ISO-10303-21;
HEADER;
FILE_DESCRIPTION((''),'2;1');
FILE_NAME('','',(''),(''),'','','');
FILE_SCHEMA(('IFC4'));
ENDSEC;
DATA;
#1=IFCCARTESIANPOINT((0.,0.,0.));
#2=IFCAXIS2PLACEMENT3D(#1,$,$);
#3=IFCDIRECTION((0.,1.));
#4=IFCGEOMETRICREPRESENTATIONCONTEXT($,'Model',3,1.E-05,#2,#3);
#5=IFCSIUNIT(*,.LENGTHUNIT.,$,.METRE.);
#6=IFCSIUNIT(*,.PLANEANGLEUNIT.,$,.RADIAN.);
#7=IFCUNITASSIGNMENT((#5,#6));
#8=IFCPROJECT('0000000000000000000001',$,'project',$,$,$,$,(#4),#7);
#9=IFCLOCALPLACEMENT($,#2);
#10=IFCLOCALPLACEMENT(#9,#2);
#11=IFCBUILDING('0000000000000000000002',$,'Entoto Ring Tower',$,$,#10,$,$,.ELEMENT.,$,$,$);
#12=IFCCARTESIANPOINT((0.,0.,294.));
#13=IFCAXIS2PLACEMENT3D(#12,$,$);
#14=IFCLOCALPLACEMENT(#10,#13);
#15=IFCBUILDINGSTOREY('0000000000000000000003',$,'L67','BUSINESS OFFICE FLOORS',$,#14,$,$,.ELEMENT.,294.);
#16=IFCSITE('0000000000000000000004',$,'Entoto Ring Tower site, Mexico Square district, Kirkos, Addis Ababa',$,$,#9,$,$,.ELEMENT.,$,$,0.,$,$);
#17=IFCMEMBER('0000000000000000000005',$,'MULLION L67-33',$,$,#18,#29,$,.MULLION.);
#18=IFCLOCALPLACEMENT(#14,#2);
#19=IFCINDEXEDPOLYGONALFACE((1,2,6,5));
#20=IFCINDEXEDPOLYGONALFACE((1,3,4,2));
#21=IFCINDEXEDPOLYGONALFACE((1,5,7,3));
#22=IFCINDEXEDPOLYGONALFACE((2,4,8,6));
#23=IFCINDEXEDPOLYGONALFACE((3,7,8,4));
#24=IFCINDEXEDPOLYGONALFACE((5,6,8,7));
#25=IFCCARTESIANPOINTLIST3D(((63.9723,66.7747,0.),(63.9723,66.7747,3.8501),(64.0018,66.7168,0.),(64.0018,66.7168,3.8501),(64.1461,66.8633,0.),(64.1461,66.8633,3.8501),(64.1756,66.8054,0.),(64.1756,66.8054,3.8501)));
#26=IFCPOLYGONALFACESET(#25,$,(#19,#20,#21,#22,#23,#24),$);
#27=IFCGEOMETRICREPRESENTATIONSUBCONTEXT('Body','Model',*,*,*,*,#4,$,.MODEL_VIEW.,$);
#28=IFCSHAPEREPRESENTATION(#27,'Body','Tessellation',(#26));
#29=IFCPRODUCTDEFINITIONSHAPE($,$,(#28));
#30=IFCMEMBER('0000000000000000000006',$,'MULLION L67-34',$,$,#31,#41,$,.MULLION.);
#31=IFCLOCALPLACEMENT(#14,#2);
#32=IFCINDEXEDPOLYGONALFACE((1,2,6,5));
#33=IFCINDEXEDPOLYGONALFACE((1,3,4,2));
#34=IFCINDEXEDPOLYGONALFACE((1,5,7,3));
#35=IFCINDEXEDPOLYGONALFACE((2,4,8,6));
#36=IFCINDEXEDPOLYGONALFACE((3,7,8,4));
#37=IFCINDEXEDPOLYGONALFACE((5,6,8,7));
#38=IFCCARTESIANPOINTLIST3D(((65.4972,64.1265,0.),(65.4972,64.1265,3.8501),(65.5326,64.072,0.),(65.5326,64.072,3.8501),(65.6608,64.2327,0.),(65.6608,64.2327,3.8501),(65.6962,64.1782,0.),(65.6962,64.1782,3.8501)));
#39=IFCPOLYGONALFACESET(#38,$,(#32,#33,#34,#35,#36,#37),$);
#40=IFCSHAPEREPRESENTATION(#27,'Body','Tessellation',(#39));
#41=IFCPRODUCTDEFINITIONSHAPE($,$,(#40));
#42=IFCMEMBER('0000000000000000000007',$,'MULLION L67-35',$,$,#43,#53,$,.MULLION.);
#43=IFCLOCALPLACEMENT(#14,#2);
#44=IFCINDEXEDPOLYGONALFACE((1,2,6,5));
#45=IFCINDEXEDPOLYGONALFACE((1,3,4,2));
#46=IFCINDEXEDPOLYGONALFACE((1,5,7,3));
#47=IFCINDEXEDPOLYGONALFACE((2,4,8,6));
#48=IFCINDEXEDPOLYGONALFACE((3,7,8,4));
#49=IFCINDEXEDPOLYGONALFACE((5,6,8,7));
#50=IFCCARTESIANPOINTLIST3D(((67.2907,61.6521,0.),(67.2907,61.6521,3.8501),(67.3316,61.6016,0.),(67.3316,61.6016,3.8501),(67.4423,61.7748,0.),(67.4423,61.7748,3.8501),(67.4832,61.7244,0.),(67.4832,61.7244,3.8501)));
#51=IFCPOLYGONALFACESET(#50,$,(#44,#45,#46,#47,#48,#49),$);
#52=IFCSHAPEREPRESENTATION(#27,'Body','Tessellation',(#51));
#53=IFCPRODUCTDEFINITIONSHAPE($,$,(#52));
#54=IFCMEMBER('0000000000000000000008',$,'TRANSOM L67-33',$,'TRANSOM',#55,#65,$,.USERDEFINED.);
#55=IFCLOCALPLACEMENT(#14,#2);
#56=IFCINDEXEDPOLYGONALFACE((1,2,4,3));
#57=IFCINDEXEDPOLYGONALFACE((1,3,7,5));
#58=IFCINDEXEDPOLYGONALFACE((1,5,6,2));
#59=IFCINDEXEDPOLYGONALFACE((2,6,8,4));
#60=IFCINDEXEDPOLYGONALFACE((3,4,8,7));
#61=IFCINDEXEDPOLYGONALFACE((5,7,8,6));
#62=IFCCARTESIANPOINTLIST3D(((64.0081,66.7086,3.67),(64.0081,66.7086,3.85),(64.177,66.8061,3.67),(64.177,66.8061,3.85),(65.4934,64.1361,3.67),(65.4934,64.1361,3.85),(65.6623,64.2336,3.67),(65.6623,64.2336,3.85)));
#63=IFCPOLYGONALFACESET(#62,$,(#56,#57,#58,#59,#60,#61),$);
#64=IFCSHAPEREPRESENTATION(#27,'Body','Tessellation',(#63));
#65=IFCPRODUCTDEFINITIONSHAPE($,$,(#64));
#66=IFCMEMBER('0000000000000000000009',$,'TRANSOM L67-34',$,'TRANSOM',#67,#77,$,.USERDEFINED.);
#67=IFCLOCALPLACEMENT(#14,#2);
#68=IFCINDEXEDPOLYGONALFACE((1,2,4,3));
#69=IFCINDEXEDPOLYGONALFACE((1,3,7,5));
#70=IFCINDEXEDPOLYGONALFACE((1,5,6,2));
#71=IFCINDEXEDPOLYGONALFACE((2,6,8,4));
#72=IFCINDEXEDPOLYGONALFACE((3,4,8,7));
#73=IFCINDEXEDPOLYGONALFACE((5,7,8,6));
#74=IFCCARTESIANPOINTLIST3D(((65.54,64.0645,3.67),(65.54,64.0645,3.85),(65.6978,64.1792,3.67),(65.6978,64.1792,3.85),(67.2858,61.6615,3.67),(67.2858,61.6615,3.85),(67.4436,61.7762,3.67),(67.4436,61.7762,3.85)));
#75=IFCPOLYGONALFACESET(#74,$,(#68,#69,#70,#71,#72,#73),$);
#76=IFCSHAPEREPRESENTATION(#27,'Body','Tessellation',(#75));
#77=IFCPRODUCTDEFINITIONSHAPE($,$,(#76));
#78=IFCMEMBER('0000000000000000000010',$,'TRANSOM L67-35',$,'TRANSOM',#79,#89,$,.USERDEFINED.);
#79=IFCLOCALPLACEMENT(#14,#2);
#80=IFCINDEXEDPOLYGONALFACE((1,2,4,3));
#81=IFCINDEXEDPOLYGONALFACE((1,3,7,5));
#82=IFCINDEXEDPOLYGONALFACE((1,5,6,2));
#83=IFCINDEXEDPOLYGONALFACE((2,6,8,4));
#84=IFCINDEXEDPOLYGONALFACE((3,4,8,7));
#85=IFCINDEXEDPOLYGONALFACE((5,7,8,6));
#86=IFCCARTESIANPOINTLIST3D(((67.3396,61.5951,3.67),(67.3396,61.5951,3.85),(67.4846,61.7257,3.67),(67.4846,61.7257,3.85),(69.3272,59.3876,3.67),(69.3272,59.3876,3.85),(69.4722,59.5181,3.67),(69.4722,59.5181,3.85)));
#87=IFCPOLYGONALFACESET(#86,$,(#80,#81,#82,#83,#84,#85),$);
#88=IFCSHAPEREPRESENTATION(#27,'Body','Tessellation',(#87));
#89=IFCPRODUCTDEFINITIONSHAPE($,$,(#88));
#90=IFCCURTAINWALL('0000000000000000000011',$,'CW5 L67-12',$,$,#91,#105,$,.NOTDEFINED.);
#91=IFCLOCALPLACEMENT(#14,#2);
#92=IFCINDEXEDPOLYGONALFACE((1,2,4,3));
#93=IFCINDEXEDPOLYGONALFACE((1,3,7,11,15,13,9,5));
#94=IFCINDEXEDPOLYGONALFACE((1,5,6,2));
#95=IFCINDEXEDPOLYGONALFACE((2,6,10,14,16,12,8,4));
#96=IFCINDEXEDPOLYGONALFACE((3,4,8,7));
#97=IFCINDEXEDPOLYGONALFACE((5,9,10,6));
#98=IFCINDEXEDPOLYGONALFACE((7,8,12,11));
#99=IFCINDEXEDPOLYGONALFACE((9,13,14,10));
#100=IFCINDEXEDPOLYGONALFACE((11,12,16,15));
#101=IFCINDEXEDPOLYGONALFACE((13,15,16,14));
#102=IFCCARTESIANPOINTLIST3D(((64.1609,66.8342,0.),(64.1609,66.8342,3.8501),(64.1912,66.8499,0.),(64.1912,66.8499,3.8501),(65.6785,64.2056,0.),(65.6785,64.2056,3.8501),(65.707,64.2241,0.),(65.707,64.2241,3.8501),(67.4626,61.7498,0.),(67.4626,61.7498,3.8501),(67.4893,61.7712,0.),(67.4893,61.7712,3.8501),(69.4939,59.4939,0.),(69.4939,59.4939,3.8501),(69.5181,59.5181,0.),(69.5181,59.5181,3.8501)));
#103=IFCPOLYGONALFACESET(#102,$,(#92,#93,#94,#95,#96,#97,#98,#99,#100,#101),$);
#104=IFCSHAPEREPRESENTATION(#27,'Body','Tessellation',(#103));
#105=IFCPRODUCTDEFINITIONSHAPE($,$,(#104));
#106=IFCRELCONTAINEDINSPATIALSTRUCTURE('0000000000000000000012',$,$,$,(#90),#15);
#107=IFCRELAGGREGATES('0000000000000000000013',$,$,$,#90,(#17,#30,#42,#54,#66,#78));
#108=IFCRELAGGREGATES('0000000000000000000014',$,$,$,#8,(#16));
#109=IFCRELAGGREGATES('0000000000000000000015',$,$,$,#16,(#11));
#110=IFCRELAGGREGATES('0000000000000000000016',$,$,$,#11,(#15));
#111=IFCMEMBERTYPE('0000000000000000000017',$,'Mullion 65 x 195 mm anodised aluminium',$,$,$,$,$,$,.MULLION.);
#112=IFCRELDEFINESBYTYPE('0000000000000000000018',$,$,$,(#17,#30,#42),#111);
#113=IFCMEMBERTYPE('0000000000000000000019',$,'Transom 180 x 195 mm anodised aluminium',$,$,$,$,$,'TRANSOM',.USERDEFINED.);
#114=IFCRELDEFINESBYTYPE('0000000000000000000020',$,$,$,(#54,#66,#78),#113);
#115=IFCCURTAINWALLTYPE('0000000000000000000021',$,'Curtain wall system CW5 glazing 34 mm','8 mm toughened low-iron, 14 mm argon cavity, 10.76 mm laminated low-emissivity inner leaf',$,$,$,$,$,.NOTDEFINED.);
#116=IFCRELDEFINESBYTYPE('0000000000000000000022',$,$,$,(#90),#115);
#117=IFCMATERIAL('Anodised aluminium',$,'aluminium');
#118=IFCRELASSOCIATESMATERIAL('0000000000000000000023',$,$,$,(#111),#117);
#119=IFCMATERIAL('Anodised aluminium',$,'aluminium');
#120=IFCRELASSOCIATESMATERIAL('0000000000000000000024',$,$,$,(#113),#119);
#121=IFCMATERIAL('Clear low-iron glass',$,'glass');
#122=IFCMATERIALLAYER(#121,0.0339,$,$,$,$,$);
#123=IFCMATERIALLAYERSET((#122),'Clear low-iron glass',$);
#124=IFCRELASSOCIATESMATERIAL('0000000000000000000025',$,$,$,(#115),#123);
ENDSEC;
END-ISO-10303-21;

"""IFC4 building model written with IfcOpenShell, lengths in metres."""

from ifc_helpers import new_model, si_unit, direction, frame, origin, origin_2d, place, context, subcontext, project, spatial, polyline, rectangle, outline, extrude, material, layer, layer_set, material_profile, profile_set, type_object, element, aggregate, save


model = new_model("IFC4")

# Units and contexts
model_context = context("Model", 3, precision=1e-05, world=origin(), true_north=direction((0.0, 1.0)))
body_context = subcontext(model_context, "Body", "Model", "MODEL_VIEW")
ifc_project = project(units=[si_unit("LENGTHUNIT", "METRE"), si_unit("PLANEANGLEUNIT", "RADIAN")], contexts=[model_context])

# Members
ifc_material_1 = material(Name="Anodised aluminium", Category="aluminium")
ifc_material_profile_1 = material_profile(ifc_material_1, rectangle(XDim=0.0649, YDim=0.1951, at=origin_2d()), Name="Mullion 65 x 195 mm anodised aluminium")
ifc_profile_set_1 = profile_set([ifc_material_profile_1], Name="Anodised aluminium")
member_type_1 = type_object("IfcMemberType", Name="Mullion 65 x 195 mm anodised aluminium", PredefinedType="MULLION", material=ifc_profile_set_1)
site_placement = place(None, origin())
building_placement = place(site_placement, origin())
storey_placement = place(building_placement, frame((0.0, 0.0, 294.0)))
member_1_placement = place(storey_placement, frame((64.074, 66.79, 0.0), z_axis=(0.0, 0.0, 1.0), x_axis=(0.45399, -0.891007, 0.0)))
member_1 = element("IfcMember", 1, at=member_1_placement, type_object=member_type_1, Name="MULLION L67-33", PredefinedType="MULLION", context=body_context, shape_type="SweptSolid", body=[
    extrude(rectangle(XDim=0.0649, YDim=0.1951, at=origin_2d()), origin(), (0.0, 0.0, 1.0), 3.8501),
])
member_2_placement = place(storey_placement, frame((65.5967, 64.1523, 0.0), z_axis=(0.0, 0.0, 1.0), x_axis=(0.544639, -0.838671, 0.0)))
member_2 = element("IfcMember", 2, at=member_2_placement, type_object=member_type_1, Name="MULLION L67-34", PredefinedType="MULLION", context=body_context, shape_type="SweptSolid", body=[
    extrude(rectangle(XDim=0.0649, YDim=0.1951, at=origin_2d()), origin(), (0.0, 0.0, 1.0), 3.8501),
])
member_3_placement = place(storey_placement, frame((67.387, 61.6882, 0.0), z_axis=(0.0, 0.0, 1.0), x_axis=(0.62932, -0.777146, 0.0)))
member_3 = element("IfcMember", 3, at=member_3_placement, type_object=member_type_1, Name="MULLION L67-35", PredefinedType="MULLION", context=body_context, shape_type="SweptSolid", body=[
    extrude(rectangle(XDim=0.0649, YDim=0.1951, at=origin_2d()), origin(), (0.0, 0.0, 1.0), 3.8501),
])
ifc_material_2 = material(Name="Anodised aluminium", Category="aluminium")
ifc_material_profile_2 = material_profile(ifc_material_2, rectangle(XDim=0.1951, YDim=0.1799, at=origin_2d()), Name="Transom 180 x 195 mm anodised aluminium")
ifc_profile_set_2 = profile_set([ifc_material_profile_2], Name="Anodised aluminium")
member_type_2 = type_object("IfcMemberType", Name="Transom 180 x 195 mm anodised aluminium", ElementType="TRANSOM", PredefinedType="USERDEFINED", material=ifc_profile_set_2)
member_4_placement = place(storey_placement, frame((64.0925, 66.7573, 3.76), z_axis=(0.500028, -0.866009, 0.0), x_axis=(0.866009, 0.500028, 0.0)))
member_4 = element("IfcMember", 4, at=member_4_placement, type_object=member_type_2, Name="TRANSOM L67-33", ObjectType="TRANSOM", PredefinedType="USERDEFINED", context=body_context, shape_type="SweptSolid", body=[
    extrude(rectangle(XDim=0.1951, YDim=0.1799, at=origin_2d()), origin(), (0.0, 0.0, 1.0), 2.9705),
])
member_5_placement = place(storey_placement, frame((65.6189, 64.1218, 3.76), z_axis=(0.587766, -0.809031, 0.0), x_axis=(0.809031, 0.587766, 0.0)))
member_5 = element("IfcMember", 5, at=member_5_placement, type_object=member_type_2, Name="TRANSOM L67-34", ObjectType="TRANSOM", PredefinedType="USERDEFINED", context=body_context, shape_type="SweptSolid", body=[
    extrude(rectangle(XDim=0.1951, YDim=0.1799, at=origin_2d()), origin(), (0.0, 0.0, 1.0), 2.9702),
])
member_6_placement = place(storey_placement, frame((67.4121, 61.6604, 3.76), z_axis=(0.66911, -0.743163, 0.0), x_axis=(0.743163, 0.66911, 0.0)))
member_6 = element("IfcMember", 6, at=member_6_placement, type_object=member_type_2, Name="TRANSOM L67-35", ObjectType="TRANSOM", PredefinedType="USERDEFINED", context=body_context, shape_type="SweptSolid", body=[
    extrude(rectangle(XDim=0.1951, YDim=0.1799, at=origin_2d()), origin(), (0.0, 0.0, 1.0), 2.9705),
])

# Site, building, storey
site = spatial("IfcSite", under=ifc_project, at=site_placement, Name="Entoto Ring Tower site, Mexico Square district, Kirkos, Addis Ababa", CompositionType="ELEMENT", RefElevation=0.0)
building = spatial("IfcBuilding", under=site, at=building_placement, Name="Entoto Ring Tower", CompositionType="ELEMENT")
storey = spatial("IfcBuildingStorey", under=building, at=storey_placement, Name="L67", Description="BUSINESS OFFICE FLOORS", CompositionType="ELEMENT", Elevation=294.0)

# Curtain wall
ifc_material_3 = material(Name="Clear low-iron glass", Category="glass")
ifc_layer = layer(ifc_material_3, 0.0339)
ifc_layer_set = layer_set([ifc_layer], Name="Clear low-iron glass")
curtain_wall_type = type_object("IfcCurtainWallType", Name="Curtain wall system CW5 glazing 34 mm", Description="8 mm toughened low-iron, 14 mm argon cavity, 10.76 mm laminated low-emissivity inner leaf", PredefinedType="NOTDEFINED", material=ifc_layer_set)
curtain_wall_1_placement = place(storey_placement, origin())
curtain_wall_1 = element("IfcCurtainWall", 7, at=curtain_wall_1_placement, inside=storey, type_object=curtain_wall_type, Name="CW5 L67-12", PredefinedType="NOTDEFINED", context=body_context, shape_type="SweptSolid", body=[
    extrude(outline(polyline([(64.1609, 66.8342), (65.6785, 64.2056), (67.4626, 61.7498), (69.4939, 59.4939), (69.5181, 59.5181), (67.4893, 61.7712), (65.707, 64.2241), (64.1912, 66.8499), (64.1609, 66.8342)])), origin(), (0.0, 0.0, 1.0), 3.8501),
])
aggregate(curtain_wall_1, [member_1, member_2, member_3, member_4, member_5, member_6])

save(model, "model.ifc")
